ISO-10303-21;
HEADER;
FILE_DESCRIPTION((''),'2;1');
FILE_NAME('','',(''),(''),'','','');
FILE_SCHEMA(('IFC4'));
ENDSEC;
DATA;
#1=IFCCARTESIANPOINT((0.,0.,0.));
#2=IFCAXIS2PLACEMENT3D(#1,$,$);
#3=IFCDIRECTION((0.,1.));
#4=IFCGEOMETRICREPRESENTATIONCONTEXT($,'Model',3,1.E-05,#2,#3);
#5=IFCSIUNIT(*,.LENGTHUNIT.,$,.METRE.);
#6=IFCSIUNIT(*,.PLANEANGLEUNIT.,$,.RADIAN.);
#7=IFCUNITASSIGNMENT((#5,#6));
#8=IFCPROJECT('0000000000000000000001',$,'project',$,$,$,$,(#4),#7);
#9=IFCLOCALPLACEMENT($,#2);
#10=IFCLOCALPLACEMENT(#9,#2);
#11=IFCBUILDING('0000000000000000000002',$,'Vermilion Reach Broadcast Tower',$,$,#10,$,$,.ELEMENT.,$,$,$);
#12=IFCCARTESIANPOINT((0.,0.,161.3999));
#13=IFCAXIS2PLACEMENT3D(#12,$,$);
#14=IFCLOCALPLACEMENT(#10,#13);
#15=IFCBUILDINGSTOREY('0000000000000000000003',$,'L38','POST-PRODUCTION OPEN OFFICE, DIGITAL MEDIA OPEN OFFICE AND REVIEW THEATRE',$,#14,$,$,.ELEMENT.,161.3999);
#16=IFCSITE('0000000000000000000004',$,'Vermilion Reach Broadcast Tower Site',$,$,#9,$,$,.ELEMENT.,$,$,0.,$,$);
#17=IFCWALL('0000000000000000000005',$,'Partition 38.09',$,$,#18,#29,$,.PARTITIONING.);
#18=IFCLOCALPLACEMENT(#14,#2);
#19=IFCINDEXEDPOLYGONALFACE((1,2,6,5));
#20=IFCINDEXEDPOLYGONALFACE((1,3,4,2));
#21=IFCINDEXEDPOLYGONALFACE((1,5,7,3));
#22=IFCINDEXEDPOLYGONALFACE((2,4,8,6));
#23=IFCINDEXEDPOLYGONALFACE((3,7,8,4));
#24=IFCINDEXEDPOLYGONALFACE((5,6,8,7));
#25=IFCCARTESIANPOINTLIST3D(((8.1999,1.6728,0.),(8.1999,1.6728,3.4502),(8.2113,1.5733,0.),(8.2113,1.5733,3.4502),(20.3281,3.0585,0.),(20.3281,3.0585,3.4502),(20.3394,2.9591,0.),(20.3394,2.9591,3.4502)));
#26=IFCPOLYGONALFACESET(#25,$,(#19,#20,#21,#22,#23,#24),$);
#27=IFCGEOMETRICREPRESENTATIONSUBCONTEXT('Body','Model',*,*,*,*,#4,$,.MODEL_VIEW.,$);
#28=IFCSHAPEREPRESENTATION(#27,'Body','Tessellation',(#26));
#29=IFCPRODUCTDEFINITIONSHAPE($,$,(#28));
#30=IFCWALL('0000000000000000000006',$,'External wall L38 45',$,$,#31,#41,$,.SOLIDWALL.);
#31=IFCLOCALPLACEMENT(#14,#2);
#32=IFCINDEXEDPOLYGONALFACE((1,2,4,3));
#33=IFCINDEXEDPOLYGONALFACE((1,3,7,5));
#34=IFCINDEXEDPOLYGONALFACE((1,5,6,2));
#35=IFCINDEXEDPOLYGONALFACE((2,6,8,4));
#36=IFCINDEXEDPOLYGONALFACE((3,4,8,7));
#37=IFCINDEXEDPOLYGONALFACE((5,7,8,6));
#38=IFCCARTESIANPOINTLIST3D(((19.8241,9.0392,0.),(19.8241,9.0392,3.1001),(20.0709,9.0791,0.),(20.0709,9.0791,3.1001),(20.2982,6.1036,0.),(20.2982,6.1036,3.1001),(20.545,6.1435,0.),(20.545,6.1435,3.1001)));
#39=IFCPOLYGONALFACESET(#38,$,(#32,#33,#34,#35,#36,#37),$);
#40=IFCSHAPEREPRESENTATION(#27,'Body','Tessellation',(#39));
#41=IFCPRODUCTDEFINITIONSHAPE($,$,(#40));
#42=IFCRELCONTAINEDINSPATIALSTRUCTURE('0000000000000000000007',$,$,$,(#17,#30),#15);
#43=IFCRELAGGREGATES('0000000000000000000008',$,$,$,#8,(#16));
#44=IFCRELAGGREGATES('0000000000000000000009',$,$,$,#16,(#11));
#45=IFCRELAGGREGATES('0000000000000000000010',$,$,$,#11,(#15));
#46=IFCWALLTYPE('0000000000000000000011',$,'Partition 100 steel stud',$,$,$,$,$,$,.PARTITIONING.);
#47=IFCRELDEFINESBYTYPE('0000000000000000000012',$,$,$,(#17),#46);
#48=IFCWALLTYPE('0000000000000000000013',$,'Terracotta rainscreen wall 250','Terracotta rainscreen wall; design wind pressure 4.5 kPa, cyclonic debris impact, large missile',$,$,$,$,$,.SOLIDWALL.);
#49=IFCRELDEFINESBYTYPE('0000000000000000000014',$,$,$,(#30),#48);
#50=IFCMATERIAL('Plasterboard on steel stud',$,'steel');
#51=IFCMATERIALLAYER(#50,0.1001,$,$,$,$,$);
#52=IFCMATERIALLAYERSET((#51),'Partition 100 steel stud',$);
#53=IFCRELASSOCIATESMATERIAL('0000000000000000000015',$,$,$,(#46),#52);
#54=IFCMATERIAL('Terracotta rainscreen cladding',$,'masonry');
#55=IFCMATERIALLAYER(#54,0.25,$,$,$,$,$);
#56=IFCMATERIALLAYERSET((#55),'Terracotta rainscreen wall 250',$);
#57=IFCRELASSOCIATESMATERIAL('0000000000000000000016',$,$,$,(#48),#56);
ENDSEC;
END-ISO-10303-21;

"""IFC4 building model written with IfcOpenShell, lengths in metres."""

from ifc_helpers import new_model, si_unit, direction, frame, frame_2d, origin, place, context, subcontext, project, spatial, rectangle, extrude, material, layer, layer_set, type_object, element, save


model = new_model("IFC4")

# Units and contexts
model_context = context("Model", 3, precision=1e-05, world=origin(), true_north=direction((0.0, 1.0)))
body_context = subcontext(model_context, "Body", "Model", "MODEL_VIEW")
ifc_project = project(units=[si_unit("LENGTHUNIT", "METRE"), si_unit("PLANEANGLEUNIT", "RADIAN")], contexts=[model_context])

# Site, building, storey
site_placement = place(None, origin())
site = spatial("IfcSite", under=ifc_project, at=site_placement, Name="Vermilion Reach Broadcast Tower Site", CompositionType="ELEMENT", RefElevation=0.0)
building_placement = place(site_placement, origin())
building = spatial("IfcBuilding", under=site, at=building_placement, Name="Vermilion Reach Broadcast Tower", CompositionType="ELEMENT")
storey_placement = place(building_placement, frame((0.0, 0.0, 161.3999)))
storey = spatial("IfcBuildingStorey", under=building, at=storey_placement, Name="L38", Description="POST-PRODUCTION OPEN OFFICE, DIGITAL MEDIA OPEN OFFICE AND REVIEW THEATRE", CompositionType="ELEMENT", Elevation=161.3999)

# Wall
ifc_material_1 = material(Name="Plasterboard on steel stud", Category="steel")
ifc_layer_1 = layer(ifc_material_1, 0.1001)
ifc_layer_set_1 = layer_set([ifc_layer_1], Name="Partition 100 steel stud")
wall_type_1 = type_object("IfcWallType", Name="Partition 100 steel stud", PredefinedType="PARTITIONING", material=ifc_layer_set_1)
wall_1_placement = place(storey_placement, frame((20.3337, 3.0088, 0.0), z_axis=(0.0, 0.0, 1.0), x_axis=(-0.993536, -0.11352, 0.0)))
element("IfcWall", 1, at=wall_1_placement, inside=storey, type_object=wall_type_1, Name="Partition 38.09", PredefinedType="PARTITIONING", context=body_context, shape_type="SweptSolid", body=[
    extrude(rectangle(XDim=12.207, YDim=0.1001, at=frame_2d((6.1035, 0.0))), origin(), (0.0, 0.0, 1.0), 3.4502),
])

# Shared definitions
ifc_material_2 = material(Name="Terracotta rainscreen cladding", Category="masonry")
ifc_layer_2 = layer(ifc_material_2, 0.25)
ifc_layer_set_2 = layer_set([ifc_layer_2], Name="Terracotta rainscreen wall 250")
wall_type_2 = type_object("IfcWallType", Name="Terracotta rainscreen wall 250", Description="Terracotta rainscreen wall; design wind pressure 4.5 kPa, cyclonic debris impact, large missile", PredefinedType="SOLIDWALL", material=ifc_layer_set_2)

# Wall
wall_2_placement = place(storey_placement, frame((20.4216, 6.1235, 0.0), z_axis=(0.0, 0.0, 1.0), x_axis=(-0.159444, 0.987207, 0.0)))
element("IfcWall", 2, at=wall_2_placement, inside=storey, type_object=wall_type_2, Name="External wall L38 45", PredefinedType="SOLIDWALL", context=body_context, shape_type="SweptSolid", body=[
    extrude(rectangle(XDim=2.9736, YDim=0.25, at=frame_2d((1.4868, 0.0))), origin(), (0.0, 0.0, 1.0), 3.1001),
])

save(model, "model.ifc")
